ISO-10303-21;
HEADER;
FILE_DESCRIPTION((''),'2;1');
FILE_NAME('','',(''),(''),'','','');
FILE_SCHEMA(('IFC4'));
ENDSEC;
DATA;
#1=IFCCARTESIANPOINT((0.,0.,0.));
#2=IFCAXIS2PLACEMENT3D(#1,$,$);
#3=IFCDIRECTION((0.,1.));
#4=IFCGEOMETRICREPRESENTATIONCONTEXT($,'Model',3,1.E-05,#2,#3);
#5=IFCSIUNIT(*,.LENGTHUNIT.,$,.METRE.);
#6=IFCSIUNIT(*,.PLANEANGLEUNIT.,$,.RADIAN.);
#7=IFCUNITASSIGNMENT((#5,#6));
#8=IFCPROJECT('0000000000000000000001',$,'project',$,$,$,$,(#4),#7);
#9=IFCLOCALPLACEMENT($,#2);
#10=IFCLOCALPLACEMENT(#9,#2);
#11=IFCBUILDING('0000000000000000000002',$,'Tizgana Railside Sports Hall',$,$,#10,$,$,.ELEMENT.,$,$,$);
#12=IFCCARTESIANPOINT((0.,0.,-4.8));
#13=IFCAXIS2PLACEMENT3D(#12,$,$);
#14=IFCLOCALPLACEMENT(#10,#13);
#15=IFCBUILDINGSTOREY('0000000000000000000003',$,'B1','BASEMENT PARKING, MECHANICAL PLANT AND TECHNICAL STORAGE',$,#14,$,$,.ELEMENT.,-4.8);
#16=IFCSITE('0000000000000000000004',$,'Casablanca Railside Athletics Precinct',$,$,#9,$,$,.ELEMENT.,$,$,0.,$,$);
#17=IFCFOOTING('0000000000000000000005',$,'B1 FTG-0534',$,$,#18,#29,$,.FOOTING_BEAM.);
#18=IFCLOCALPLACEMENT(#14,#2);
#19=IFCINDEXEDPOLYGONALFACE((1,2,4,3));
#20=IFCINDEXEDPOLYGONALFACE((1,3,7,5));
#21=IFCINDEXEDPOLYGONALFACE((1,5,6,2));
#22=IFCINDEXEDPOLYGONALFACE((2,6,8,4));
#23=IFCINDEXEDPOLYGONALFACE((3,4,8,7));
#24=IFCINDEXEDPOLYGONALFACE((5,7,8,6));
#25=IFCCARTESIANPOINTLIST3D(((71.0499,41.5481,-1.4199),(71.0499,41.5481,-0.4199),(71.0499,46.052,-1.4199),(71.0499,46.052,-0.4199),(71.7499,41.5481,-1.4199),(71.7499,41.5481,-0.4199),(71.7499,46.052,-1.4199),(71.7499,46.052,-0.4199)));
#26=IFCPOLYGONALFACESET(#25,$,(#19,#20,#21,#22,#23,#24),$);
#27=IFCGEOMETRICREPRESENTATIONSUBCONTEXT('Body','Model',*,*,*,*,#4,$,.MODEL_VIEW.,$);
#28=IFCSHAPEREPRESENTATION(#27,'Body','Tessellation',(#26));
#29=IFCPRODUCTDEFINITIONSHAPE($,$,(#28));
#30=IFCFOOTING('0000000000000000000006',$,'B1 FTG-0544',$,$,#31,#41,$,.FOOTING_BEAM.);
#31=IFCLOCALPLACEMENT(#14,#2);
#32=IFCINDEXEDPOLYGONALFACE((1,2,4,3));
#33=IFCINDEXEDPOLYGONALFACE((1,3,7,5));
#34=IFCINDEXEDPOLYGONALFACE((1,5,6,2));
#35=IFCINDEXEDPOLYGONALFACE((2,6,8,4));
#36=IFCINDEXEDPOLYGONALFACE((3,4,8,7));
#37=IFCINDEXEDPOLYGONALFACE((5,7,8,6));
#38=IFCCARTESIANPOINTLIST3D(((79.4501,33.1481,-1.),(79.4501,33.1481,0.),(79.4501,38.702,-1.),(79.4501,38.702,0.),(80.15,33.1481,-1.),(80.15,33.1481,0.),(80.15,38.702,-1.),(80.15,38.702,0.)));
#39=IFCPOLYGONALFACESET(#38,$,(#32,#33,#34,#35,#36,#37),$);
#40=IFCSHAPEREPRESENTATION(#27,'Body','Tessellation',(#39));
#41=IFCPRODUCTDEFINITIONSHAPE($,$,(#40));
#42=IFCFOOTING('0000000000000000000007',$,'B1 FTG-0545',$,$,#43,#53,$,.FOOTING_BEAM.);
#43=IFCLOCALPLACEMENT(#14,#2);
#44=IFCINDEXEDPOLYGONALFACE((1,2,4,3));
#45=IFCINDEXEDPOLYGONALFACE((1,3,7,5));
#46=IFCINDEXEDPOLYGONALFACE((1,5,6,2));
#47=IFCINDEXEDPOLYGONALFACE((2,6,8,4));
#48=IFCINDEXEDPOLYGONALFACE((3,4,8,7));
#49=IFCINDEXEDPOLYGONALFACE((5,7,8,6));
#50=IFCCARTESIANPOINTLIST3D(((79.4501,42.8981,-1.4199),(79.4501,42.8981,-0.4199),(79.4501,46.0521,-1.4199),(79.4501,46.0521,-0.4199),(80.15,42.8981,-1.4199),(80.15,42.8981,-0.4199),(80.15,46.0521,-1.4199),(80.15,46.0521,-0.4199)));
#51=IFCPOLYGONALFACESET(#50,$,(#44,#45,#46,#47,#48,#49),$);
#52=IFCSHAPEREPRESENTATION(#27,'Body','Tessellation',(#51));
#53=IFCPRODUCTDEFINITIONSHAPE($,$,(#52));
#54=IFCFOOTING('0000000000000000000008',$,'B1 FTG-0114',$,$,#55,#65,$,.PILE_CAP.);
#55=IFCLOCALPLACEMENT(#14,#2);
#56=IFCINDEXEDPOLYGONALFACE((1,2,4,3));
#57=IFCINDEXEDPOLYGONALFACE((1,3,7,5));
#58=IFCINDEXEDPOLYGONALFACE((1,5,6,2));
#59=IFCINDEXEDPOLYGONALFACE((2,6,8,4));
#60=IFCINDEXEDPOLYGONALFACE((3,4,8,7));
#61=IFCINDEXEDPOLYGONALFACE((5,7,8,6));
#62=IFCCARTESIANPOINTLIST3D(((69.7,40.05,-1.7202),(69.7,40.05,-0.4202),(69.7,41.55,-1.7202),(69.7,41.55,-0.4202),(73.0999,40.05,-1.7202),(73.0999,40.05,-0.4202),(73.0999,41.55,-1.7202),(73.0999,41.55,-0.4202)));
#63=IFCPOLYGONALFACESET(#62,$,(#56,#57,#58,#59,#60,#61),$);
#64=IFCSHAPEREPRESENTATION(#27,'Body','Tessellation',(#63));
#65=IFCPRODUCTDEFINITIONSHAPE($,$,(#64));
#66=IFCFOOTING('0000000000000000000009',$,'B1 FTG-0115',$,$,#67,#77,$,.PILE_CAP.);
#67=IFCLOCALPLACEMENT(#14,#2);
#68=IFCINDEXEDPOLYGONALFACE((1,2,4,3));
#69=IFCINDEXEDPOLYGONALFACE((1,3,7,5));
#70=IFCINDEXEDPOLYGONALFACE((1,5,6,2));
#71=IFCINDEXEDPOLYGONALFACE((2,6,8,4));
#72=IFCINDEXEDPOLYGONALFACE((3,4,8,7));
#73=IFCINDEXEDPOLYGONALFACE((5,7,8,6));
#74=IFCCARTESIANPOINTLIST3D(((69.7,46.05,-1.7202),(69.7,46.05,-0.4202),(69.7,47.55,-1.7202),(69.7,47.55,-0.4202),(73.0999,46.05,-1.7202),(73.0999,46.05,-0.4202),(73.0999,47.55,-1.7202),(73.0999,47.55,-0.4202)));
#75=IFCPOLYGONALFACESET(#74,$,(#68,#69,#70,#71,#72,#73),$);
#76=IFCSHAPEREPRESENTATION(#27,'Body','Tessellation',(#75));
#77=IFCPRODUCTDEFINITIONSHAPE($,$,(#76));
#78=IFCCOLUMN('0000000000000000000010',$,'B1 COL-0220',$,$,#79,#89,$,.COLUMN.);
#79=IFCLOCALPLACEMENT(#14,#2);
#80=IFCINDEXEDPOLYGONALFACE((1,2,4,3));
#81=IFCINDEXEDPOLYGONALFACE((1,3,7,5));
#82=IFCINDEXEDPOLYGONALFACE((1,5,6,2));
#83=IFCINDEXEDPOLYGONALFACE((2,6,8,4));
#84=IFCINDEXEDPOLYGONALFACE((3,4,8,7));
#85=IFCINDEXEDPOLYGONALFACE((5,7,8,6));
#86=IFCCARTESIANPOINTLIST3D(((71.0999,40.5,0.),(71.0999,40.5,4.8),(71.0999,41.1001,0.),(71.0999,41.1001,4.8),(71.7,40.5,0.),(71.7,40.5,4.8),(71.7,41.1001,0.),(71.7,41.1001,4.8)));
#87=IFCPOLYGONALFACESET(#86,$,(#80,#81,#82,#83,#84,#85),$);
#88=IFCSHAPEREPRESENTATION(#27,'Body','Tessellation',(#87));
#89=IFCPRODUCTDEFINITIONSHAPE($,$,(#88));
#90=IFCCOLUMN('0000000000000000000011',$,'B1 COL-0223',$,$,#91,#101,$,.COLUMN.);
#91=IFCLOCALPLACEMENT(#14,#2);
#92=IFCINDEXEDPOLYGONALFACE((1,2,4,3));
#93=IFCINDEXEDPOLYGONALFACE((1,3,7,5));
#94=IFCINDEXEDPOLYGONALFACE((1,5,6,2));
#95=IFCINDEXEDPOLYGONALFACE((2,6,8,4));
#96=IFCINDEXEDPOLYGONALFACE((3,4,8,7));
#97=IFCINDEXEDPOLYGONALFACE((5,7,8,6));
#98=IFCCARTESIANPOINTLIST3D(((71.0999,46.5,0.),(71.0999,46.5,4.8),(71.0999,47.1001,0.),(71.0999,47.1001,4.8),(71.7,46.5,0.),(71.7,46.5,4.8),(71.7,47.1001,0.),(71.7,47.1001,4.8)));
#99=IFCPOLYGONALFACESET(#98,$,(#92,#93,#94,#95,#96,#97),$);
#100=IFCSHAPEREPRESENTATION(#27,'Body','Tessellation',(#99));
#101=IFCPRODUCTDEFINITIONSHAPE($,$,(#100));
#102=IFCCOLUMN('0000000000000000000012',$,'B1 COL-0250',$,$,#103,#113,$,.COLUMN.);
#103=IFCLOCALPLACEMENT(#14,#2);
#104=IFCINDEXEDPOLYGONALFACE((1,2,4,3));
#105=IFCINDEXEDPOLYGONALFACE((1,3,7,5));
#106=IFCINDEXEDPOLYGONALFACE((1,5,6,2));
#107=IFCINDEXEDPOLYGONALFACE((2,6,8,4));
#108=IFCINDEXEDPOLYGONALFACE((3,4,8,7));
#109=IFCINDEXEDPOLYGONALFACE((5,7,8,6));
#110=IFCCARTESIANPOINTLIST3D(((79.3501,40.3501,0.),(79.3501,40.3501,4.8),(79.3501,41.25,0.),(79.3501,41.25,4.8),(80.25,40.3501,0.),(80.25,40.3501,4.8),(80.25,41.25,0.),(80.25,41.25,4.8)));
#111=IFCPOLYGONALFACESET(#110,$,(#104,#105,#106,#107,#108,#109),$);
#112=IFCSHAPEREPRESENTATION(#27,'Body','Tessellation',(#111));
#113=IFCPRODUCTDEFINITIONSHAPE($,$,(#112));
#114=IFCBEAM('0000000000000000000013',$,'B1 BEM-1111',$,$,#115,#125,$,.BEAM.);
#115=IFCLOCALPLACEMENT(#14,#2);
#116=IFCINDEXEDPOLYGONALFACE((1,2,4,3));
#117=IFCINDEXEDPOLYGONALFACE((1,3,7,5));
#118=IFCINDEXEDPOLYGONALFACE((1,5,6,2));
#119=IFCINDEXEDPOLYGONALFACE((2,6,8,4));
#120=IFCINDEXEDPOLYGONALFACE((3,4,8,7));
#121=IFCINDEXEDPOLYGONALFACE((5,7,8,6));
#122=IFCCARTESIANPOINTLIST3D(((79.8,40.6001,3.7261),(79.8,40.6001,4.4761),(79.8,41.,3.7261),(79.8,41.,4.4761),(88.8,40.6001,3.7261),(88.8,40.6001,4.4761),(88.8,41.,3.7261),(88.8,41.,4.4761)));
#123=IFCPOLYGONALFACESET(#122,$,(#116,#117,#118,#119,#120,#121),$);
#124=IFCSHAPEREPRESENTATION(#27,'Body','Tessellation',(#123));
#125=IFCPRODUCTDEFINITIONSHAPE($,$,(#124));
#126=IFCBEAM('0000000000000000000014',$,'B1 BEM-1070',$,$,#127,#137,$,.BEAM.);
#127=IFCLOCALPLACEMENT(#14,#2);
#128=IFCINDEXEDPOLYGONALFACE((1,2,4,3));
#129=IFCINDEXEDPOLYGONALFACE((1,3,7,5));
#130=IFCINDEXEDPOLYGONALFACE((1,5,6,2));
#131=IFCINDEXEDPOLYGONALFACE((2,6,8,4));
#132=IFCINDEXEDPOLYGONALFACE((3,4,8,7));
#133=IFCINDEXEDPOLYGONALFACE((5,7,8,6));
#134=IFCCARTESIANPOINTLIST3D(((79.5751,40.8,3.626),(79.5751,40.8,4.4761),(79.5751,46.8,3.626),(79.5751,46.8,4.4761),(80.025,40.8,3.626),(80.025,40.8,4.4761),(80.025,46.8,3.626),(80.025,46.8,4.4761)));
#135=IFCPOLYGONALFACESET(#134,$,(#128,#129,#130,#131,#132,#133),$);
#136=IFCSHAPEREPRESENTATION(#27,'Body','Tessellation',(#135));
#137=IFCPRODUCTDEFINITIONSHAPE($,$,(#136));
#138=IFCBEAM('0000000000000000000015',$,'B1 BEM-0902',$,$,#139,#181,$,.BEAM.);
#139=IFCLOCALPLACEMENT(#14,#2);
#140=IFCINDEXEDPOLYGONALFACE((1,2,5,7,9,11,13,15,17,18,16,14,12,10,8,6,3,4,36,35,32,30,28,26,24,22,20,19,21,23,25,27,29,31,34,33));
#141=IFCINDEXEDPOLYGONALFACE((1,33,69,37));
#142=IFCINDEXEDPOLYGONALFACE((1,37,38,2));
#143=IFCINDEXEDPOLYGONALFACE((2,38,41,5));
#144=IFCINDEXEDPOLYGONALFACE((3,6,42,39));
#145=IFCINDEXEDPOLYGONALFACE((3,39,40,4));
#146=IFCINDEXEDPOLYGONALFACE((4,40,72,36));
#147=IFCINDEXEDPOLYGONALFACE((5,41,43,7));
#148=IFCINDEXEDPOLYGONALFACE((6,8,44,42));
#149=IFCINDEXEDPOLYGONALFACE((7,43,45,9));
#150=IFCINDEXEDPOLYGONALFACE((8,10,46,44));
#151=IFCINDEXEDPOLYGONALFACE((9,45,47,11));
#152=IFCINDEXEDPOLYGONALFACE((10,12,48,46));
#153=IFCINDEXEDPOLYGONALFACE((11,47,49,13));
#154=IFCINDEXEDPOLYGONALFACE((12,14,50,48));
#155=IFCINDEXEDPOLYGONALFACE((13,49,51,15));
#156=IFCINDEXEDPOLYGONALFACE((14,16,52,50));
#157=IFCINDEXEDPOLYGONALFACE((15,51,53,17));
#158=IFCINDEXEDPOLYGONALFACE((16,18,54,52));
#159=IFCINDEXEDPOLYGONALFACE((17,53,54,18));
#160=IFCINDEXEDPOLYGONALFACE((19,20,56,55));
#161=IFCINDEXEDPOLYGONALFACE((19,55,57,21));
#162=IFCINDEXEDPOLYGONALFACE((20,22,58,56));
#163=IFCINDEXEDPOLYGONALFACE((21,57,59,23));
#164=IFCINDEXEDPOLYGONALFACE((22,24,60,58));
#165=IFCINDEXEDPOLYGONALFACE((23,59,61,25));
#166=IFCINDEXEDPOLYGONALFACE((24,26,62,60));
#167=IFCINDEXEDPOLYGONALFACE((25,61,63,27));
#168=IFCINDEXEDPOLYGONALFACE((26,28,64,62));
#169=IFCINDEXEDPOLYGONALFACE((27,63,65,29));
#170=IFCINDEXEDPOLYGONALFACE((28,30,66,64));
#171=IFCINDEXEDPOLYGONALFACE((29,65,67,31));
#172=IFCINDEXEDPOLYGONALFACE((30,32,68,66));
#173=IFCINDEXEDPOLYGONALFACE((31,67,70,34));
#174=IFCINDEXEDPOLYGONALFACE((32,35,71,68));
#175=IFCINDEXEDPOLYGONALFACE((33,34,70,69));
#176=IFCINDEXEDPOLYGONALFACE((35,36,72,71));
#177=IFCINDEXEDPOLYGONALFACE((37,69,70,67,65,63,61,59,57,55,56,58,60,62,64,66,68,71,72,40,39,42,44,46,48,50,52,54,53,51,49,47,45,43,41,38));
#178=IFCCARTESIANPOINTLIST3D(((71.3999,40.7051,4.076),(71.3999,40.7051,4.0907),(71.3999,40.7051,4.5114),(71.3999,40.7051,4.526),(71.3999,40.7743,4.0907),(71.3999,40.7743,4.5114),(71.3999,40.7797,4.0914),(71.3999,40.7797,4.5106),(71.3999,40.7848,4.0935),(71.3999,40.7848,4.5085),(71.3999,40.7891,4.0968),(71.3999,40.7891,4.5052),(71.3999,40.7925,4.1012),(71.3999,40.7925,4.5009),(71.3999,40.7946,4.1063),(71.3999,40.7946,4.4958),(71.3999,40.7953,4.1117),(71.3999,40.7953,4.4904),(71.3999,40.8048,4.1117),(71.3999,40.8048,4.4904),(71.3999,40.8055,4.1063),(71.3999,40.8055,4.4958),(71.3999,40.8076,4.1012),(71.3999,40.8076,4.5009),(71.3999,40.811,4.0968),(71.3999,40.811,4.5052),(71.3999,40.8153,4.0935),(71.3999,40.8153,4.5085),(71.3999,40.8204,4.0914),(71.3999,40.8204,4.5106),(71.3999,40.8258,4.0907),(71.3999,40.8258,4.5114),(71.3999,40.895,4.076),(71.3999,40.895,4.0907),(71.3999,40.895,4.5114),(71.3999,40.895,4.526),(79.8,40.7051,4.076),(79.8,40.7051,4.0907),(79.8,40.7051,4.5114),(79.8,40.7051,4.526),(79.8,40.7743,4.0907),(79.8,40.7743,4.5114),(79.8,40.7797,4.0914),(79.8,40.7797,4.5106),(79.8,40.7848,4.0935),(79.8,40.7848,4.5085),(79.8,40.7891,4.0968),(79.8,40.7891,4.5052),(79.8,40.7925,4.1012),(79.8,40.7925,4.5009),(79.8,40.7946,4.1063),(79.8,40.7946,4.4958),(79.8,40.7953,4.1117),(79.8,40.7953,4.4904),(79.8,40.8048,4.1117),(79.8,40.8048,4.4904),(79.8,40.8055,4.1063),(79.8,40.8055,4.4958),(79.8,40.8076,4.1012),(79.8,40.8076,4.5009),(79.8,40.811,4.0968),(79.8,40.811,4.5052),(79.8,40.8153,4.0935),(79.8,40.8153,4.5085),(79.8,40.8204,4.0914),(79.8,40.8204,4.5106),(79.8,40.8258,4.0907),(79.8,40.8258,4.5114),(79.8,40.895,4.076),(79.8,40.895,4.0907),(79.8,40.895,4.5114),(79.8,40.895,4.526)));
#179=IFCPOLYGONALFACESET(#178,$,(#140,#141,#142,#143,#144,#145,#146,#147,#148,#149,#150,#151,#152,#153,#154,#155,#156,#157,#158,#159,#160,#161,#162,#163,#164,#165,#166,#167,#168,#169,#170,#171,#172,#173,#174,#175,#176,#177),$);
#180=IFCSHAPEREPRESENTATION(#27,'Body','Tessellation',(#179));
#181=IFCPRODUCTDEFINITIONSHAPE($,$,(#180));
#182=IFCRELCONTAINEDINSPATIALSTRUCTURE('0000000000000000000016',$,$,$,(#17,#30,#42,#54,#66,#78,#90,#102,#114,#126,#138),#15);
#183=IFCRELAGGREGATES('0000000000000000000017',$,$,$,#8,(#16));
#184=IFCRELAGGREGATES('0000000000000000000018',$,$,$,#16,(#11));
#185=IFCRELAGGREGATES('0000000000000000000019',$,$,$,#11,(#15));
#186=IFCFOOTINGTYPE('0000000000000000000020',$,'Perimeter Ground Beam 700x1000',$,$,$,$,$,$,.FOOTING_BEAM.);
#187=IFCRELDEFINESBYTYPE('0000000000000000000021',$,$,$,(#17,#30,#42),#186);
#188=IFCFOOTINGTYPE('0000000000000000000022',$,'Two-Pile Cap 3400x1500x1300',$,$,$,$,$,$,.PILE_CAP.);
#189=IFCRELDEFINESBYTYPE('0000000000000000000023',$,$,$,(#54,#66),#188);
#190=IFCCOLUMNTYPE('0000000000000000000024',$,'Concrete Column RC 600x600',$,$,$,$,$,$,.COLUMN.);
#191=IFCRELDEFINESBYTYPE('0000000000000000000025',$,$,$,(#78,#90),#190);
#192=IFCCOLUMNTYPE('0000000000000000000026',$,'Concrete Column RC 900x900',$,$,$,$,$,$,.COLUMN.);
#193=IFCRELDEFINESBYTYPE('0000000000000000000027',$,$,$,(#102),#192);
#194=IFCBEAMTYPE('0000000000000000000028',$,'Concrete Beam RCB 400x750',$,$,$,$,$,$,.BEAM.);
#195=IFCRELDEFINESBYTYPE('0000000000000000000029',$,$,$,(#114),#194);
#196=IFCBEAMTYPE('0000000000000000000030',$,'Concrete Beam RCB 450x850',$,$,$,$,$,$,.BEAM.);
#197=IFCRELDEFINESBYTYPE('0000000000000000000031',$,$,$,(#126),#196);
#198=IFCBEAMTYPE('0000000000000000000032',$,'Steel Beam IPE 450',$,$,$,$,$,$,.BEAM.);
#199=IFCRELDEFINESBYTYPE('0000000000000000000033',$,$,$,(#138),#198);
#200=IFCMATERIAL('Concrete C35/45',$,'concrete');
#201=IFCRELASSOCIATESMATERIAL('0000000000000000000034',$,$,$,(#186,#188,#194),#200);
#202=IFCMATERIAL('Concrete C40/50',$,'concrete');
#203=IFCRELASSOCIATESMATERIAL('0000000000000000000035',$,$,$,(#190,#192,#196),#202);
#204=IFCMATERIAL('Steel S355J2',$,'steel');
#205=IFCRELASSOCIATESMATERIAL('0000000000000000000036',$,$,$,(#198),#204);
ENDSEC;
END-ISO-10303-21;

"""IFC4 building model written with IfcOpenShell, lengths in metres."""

from ifc_helpers import new_model, si_unit, direction, frame, origin, origin_2d, place, context, subcontext, project, spatial, rectangle, i_section, extrude, material, material_profile, profile_set, type_object, element, save


model = new_model("IFC4")

# Units and contexts
model_context = context("Model", 3, precision=1e-05, world=origin(), true_north=direction((0.0, 1.0)))
body_context = subcontext(model_context, "Body", "Model", "MODEL_VIEW")
ifc_project = project(units=[si_unit("LENGTHUNIT", "METRE"), si_unit("PLANEANGLEUNIT", "RADIAN")], contexts=[model_context])

# Site, building, storey
site_placement = place(None, origin())
site = spatial("IfcSite", under=ifc_project, at=site_placement, Name="Casablanca Railside Athletics Precinct", CompositionType="ELEMENT", RefElevation=0.0)
building_placement = place(site_placement, origin())
building = spatial("IfcBuilding", under=site, at=building_placement, Name="Tizgana Railside Sports Hall", CompositionType="ELEMENT")
storey_placement = place(building_placement, frame((0.0, 0.0, -4.8)))
storey = spatial("IfcBuildingStorey", under=building, at=storey_placement, Name="B1", Description="BASEMENT PARKING, MECHANICAL PLANT AND TECHNICAL STORAGE", CompositionType="ELEMENT", Elevation=-4.8)

# Shared definitions
ifc_material_1 = material(Name="Concrete C35/45", Category="concrete")

# Footings
footing_type_1 = type_object("IfcFootingType", Name="Perimeter Ground Beam 700x1000", PredefinedType="FOOTING_BEAM", material=ifc_material_1)
footing_1_placement = place(storey_placement, frame((71.3999, 43.8, -1.4199), z_axis=(0.0, 0.0, 1.0), x_axis=(0.0, 1.0, 0.0)))
element("IfcFooting", 1, at=footing_1_placement, inside=storey, type_object=footing_type_1, Name="B1 FTG-0534", PredefinedType="FOOTING_BEAM", context=body_context, shape_type="SweptSolid", body=[
    extrude(rectangle(XDim=4.5039, YDim=0.7, at=origin_2d()), origin(), (0.0, 0.0, 1.0), 1.0),
])
footing_2_placement = place(storey_placement, frame((79.8, 35.925, -1.0), z_axis=(0.0, 0.0, 1.0), x_axis=(0.0, 1.0, 0.0)))
element("IfcFooting", 2, at=footing_2_placement, inside=storey, type_object=footing_type_1, Name="B1 FTG-0544", PredefinedType="FOOTING_BEAM", context=body_context, shape_type="SweptSolid", body=[
    extrude(rectangle(XDim=5.554, YDim=0.7, at=origin_2d()), origin(), (0.0, 0.0, 1.0), 1.0),
])
footing_3_placement = place(storey_placement, frame((79.8, 44.4751, -1.4199), z_axis=(0.0, 0.0, 1.0), x_axis=(0.0, 1.0, 0.0)))
element("IfcFooting", 3, at=footing_3_placement, inside=storey, type_object=footing_type_1, Name="B1 FTG-0545", PredefinedType="FOOTING_BEAM", context=body_context, shape_type="SweptSolid", body=[
    extrude(rectangle(XDim=3.1541, YDim=0.7, at=origin_2d()), origin(), (0.0, 0.0, 1.0), 1.0),
])
footing_type_2 = type_object("IfcFootingType", Name="Two-Pile Cap 3400x1500x1300", PredefinedType="PILE_CAP", material=ifc_material_1)
for number, where, z_axis, x_axis, name in (
    (4, (71.3999, 40.8, -1.7202), (0.0, 0.0, 1.0), (1.0, 0.0, 0.0), "B1 FTG-0114"),
    (5, (71.3999, 46.8, -1.7202), (0.0, 0.0, 1.0), (1.0, 0.0, 0.0), "B1 FTG-0115"),
):
    element("IfcFooting", number, at=place(storey_placement, frame(where, z_axis=z_axis, x_axis=x_axis)), inside=storey, type_object=footing_type_2, Name=name, PredefinedType="PILE_CAP", context=body_context, shape_type="SweptSolid", body=[
        extrude(rectangle(XDim=3.3999, YDim=1.5, at=origin_2d()), origin(), (0.0, 0.0, 1.0), 1.3),
    ])

# Columns
ifc_material_2 = material(Name="Concrete C40/50", Category="concrete")
ifc_material_profile_1 = material_profile(ifc_material_2, rectangle(XDim=0.6001, YDim=0.6001, at=origin_2d()), Name="RC 600x600")
ifc_profile_set_1 = profile_set([ifc_material_profile_1], Name="Concrete C40/50")
column_type_1 = type_object("IfcColumnType", Name="Concrete Column RC 600x600", PredefinedType="COLUMN", material=ifc_profile_set_1)
for number, where, z_axis, x_axis, name in (
    (6, (71.3999, 40.8, 0.0), (0.0, 0.0, 1.0), (1.0, 0.0, 0.0), "B1 COL-0220"),
    (7, (71.3999, 46.8, 0.0), (0.0, 0.0, 1.0), (1.0, 0.0, 0.0), "B1 COL-0223"),
):
    element("IfcColumn", number, at=place(storey_placement, frame(where, z_axis=z_axis, x_axis=x_axis)), inside=storey, type_object=column_type_1, Name=name, PredefinedType="COLUMN", context=body_context, shape_type="SweptSolid", body=[
        extrude(rectangle(XDim=0.6001, YDim=0.6001, at=origin_2d()), origin(), (0.0, 0.0, 1.0), 4.8),
    ])
ifc_material_profile_2 = material_profile(ifc_material_2, rectangle(XDim=0.8999, YDim=0.8999, at=origin_2d()), Name="RC 900x900")
ifc_profile_set_2 = profile_set([ifc_material_profile_2], Name="Concrete C40/50")
column_type_2 = type_object("IfcColumnType", Name="Concrete Column RC 900x900", PredefinedType="COLUMN", material=ifc_profile_set_2)
column_placement = place(storey_placement, frame((79.8, 40.8, 0.0), z_axis=(0.0, 0.0, 1.0), x_axis=(1.0, 0.0, 0.0)))
element("IfcColumn", 8, at=column_placement, inside=storey, type_object=column_type_2, Name="B1 COL-0250", PredefinedType="COLUMN", context=body_context, shape_type="SweptSolid", body=[
    extrude(rectangle(XDim=0.8999, YDim=0.8999, at=origin_2d()), origin(), (0.0, 0.0, 1.0), 4.8),
])

# Beams
ifc_material_profile_3 = material_profile(ifc_material_1, rectangle(XDim=0.3999, YDim=0.75, at=origin_2d()), Name="RCB 400x750")
ifc_profile_set_3 = profile_set([ifc_material_profile_3], Name="Concrete C35/45")
beam_type_1 = type_object("IfcBeamType", Name="Concrete Beam RCB 400x750", PredefinedType="BEAM", material=ifc_profile_set_3)
beam_1_placement = place(storey_placement, frame((79.8, 40.8, 4.1011), z_axis=(1.0, 0.0, 0.0), x_axis=(0.0, 1.0, 0.0)))
element("IfcBeam", 9, at=beam_1_placement, inside=storey, type_object=beam_type_1, Name="B1 BEM-1111", PredefinedType="BEAM", context=body_context, shape_type="SweptSolid", body=[
    extrude(rectangle(XDim=0.3999, YDim=0.75, at=origin_2d()), origin(), (0.0, 0.0, 1.0), 9.0),
])
ifc_material_profile_4 = material_profile(ifc_material_2, rectangle(XDim=0.45, YDim=0.8501, at=origin_2d()), Name="RCB 450x850")
ifc_profile_set_4 = profile_set([ifc_material_profile_4], Name="Concrete C40/50")
beam_type_2 = type_object("IfcBeamType", Name="Concrete Beam RCB 450x850", PredefinedType="BEAM", material=ifc_profile_set_4)
beam_2_placement = place(storey_placement, frame((79.8, 40.8, 4.051), z_axis=(0.0, 1.0, 0.0), x_axis=(-1.0, 0.0, 0.0)))
element("IfcBeam", 10, at=beam_2_placement, inside=storey, type_object=beam_type_2, Name="B1 BEM-1070", PredefinedType="BEAM", context=body_context, shape_type="SweptSolid", body=[
    extrude(rectangle(XDim=0.45, YDim=0.8501, at=origin_2d()), origin(), (0.0, 0.0, 1.0), 6.0),
])
ifc_material_3 = material(Name="Steel S355J2", Category="steel")
ifc_material_profile_5 = material_profile(ifc_material_3, i_section(OverallWidth=0.1899, OverallDepth=0.45, WebThickness=0.0095, FlangeThickness=0.0146, FilletRadius=0.021, at=origin_2d()), Name="IPE 450")
ifc_profile_set_5 = profile_set([ifc_material_profile_5], Name="Steel S355J2")
beam_type_3 = type_object("IfcBeamType", Name="Steel Beam IPE 450", PredefinedType="BEAM", material=ifc_profile_set_5)
for number, where, z_axis, x_axis, name in (
    (11, (71.3999, 40.8, 4.301), (1.0, 0.0, 0.0), (0.0, 1.0, 0.0), "B1 BEM-0902"),
):
    element("IfcBeam", number, at=place(storey_placement, frame(where, z_axis=z_axis, x_axis=x_axis)), inside=storey, type_object=beam_type_3, Name=name, PredefinedType="BEAM", context=body_context, shape_type="SweptSolid", body=[
        extrude(i_section(OverallWidth=0.1899, OverallDepth=0.45, WebThickness=0.0095, FlangeThickness=0.0146, FilletRadius=0.021, at=origin_2d()), origin(), (0.0, 0.0, 1.0), 8.4001),
    ])

save(model, "model.ifc")
